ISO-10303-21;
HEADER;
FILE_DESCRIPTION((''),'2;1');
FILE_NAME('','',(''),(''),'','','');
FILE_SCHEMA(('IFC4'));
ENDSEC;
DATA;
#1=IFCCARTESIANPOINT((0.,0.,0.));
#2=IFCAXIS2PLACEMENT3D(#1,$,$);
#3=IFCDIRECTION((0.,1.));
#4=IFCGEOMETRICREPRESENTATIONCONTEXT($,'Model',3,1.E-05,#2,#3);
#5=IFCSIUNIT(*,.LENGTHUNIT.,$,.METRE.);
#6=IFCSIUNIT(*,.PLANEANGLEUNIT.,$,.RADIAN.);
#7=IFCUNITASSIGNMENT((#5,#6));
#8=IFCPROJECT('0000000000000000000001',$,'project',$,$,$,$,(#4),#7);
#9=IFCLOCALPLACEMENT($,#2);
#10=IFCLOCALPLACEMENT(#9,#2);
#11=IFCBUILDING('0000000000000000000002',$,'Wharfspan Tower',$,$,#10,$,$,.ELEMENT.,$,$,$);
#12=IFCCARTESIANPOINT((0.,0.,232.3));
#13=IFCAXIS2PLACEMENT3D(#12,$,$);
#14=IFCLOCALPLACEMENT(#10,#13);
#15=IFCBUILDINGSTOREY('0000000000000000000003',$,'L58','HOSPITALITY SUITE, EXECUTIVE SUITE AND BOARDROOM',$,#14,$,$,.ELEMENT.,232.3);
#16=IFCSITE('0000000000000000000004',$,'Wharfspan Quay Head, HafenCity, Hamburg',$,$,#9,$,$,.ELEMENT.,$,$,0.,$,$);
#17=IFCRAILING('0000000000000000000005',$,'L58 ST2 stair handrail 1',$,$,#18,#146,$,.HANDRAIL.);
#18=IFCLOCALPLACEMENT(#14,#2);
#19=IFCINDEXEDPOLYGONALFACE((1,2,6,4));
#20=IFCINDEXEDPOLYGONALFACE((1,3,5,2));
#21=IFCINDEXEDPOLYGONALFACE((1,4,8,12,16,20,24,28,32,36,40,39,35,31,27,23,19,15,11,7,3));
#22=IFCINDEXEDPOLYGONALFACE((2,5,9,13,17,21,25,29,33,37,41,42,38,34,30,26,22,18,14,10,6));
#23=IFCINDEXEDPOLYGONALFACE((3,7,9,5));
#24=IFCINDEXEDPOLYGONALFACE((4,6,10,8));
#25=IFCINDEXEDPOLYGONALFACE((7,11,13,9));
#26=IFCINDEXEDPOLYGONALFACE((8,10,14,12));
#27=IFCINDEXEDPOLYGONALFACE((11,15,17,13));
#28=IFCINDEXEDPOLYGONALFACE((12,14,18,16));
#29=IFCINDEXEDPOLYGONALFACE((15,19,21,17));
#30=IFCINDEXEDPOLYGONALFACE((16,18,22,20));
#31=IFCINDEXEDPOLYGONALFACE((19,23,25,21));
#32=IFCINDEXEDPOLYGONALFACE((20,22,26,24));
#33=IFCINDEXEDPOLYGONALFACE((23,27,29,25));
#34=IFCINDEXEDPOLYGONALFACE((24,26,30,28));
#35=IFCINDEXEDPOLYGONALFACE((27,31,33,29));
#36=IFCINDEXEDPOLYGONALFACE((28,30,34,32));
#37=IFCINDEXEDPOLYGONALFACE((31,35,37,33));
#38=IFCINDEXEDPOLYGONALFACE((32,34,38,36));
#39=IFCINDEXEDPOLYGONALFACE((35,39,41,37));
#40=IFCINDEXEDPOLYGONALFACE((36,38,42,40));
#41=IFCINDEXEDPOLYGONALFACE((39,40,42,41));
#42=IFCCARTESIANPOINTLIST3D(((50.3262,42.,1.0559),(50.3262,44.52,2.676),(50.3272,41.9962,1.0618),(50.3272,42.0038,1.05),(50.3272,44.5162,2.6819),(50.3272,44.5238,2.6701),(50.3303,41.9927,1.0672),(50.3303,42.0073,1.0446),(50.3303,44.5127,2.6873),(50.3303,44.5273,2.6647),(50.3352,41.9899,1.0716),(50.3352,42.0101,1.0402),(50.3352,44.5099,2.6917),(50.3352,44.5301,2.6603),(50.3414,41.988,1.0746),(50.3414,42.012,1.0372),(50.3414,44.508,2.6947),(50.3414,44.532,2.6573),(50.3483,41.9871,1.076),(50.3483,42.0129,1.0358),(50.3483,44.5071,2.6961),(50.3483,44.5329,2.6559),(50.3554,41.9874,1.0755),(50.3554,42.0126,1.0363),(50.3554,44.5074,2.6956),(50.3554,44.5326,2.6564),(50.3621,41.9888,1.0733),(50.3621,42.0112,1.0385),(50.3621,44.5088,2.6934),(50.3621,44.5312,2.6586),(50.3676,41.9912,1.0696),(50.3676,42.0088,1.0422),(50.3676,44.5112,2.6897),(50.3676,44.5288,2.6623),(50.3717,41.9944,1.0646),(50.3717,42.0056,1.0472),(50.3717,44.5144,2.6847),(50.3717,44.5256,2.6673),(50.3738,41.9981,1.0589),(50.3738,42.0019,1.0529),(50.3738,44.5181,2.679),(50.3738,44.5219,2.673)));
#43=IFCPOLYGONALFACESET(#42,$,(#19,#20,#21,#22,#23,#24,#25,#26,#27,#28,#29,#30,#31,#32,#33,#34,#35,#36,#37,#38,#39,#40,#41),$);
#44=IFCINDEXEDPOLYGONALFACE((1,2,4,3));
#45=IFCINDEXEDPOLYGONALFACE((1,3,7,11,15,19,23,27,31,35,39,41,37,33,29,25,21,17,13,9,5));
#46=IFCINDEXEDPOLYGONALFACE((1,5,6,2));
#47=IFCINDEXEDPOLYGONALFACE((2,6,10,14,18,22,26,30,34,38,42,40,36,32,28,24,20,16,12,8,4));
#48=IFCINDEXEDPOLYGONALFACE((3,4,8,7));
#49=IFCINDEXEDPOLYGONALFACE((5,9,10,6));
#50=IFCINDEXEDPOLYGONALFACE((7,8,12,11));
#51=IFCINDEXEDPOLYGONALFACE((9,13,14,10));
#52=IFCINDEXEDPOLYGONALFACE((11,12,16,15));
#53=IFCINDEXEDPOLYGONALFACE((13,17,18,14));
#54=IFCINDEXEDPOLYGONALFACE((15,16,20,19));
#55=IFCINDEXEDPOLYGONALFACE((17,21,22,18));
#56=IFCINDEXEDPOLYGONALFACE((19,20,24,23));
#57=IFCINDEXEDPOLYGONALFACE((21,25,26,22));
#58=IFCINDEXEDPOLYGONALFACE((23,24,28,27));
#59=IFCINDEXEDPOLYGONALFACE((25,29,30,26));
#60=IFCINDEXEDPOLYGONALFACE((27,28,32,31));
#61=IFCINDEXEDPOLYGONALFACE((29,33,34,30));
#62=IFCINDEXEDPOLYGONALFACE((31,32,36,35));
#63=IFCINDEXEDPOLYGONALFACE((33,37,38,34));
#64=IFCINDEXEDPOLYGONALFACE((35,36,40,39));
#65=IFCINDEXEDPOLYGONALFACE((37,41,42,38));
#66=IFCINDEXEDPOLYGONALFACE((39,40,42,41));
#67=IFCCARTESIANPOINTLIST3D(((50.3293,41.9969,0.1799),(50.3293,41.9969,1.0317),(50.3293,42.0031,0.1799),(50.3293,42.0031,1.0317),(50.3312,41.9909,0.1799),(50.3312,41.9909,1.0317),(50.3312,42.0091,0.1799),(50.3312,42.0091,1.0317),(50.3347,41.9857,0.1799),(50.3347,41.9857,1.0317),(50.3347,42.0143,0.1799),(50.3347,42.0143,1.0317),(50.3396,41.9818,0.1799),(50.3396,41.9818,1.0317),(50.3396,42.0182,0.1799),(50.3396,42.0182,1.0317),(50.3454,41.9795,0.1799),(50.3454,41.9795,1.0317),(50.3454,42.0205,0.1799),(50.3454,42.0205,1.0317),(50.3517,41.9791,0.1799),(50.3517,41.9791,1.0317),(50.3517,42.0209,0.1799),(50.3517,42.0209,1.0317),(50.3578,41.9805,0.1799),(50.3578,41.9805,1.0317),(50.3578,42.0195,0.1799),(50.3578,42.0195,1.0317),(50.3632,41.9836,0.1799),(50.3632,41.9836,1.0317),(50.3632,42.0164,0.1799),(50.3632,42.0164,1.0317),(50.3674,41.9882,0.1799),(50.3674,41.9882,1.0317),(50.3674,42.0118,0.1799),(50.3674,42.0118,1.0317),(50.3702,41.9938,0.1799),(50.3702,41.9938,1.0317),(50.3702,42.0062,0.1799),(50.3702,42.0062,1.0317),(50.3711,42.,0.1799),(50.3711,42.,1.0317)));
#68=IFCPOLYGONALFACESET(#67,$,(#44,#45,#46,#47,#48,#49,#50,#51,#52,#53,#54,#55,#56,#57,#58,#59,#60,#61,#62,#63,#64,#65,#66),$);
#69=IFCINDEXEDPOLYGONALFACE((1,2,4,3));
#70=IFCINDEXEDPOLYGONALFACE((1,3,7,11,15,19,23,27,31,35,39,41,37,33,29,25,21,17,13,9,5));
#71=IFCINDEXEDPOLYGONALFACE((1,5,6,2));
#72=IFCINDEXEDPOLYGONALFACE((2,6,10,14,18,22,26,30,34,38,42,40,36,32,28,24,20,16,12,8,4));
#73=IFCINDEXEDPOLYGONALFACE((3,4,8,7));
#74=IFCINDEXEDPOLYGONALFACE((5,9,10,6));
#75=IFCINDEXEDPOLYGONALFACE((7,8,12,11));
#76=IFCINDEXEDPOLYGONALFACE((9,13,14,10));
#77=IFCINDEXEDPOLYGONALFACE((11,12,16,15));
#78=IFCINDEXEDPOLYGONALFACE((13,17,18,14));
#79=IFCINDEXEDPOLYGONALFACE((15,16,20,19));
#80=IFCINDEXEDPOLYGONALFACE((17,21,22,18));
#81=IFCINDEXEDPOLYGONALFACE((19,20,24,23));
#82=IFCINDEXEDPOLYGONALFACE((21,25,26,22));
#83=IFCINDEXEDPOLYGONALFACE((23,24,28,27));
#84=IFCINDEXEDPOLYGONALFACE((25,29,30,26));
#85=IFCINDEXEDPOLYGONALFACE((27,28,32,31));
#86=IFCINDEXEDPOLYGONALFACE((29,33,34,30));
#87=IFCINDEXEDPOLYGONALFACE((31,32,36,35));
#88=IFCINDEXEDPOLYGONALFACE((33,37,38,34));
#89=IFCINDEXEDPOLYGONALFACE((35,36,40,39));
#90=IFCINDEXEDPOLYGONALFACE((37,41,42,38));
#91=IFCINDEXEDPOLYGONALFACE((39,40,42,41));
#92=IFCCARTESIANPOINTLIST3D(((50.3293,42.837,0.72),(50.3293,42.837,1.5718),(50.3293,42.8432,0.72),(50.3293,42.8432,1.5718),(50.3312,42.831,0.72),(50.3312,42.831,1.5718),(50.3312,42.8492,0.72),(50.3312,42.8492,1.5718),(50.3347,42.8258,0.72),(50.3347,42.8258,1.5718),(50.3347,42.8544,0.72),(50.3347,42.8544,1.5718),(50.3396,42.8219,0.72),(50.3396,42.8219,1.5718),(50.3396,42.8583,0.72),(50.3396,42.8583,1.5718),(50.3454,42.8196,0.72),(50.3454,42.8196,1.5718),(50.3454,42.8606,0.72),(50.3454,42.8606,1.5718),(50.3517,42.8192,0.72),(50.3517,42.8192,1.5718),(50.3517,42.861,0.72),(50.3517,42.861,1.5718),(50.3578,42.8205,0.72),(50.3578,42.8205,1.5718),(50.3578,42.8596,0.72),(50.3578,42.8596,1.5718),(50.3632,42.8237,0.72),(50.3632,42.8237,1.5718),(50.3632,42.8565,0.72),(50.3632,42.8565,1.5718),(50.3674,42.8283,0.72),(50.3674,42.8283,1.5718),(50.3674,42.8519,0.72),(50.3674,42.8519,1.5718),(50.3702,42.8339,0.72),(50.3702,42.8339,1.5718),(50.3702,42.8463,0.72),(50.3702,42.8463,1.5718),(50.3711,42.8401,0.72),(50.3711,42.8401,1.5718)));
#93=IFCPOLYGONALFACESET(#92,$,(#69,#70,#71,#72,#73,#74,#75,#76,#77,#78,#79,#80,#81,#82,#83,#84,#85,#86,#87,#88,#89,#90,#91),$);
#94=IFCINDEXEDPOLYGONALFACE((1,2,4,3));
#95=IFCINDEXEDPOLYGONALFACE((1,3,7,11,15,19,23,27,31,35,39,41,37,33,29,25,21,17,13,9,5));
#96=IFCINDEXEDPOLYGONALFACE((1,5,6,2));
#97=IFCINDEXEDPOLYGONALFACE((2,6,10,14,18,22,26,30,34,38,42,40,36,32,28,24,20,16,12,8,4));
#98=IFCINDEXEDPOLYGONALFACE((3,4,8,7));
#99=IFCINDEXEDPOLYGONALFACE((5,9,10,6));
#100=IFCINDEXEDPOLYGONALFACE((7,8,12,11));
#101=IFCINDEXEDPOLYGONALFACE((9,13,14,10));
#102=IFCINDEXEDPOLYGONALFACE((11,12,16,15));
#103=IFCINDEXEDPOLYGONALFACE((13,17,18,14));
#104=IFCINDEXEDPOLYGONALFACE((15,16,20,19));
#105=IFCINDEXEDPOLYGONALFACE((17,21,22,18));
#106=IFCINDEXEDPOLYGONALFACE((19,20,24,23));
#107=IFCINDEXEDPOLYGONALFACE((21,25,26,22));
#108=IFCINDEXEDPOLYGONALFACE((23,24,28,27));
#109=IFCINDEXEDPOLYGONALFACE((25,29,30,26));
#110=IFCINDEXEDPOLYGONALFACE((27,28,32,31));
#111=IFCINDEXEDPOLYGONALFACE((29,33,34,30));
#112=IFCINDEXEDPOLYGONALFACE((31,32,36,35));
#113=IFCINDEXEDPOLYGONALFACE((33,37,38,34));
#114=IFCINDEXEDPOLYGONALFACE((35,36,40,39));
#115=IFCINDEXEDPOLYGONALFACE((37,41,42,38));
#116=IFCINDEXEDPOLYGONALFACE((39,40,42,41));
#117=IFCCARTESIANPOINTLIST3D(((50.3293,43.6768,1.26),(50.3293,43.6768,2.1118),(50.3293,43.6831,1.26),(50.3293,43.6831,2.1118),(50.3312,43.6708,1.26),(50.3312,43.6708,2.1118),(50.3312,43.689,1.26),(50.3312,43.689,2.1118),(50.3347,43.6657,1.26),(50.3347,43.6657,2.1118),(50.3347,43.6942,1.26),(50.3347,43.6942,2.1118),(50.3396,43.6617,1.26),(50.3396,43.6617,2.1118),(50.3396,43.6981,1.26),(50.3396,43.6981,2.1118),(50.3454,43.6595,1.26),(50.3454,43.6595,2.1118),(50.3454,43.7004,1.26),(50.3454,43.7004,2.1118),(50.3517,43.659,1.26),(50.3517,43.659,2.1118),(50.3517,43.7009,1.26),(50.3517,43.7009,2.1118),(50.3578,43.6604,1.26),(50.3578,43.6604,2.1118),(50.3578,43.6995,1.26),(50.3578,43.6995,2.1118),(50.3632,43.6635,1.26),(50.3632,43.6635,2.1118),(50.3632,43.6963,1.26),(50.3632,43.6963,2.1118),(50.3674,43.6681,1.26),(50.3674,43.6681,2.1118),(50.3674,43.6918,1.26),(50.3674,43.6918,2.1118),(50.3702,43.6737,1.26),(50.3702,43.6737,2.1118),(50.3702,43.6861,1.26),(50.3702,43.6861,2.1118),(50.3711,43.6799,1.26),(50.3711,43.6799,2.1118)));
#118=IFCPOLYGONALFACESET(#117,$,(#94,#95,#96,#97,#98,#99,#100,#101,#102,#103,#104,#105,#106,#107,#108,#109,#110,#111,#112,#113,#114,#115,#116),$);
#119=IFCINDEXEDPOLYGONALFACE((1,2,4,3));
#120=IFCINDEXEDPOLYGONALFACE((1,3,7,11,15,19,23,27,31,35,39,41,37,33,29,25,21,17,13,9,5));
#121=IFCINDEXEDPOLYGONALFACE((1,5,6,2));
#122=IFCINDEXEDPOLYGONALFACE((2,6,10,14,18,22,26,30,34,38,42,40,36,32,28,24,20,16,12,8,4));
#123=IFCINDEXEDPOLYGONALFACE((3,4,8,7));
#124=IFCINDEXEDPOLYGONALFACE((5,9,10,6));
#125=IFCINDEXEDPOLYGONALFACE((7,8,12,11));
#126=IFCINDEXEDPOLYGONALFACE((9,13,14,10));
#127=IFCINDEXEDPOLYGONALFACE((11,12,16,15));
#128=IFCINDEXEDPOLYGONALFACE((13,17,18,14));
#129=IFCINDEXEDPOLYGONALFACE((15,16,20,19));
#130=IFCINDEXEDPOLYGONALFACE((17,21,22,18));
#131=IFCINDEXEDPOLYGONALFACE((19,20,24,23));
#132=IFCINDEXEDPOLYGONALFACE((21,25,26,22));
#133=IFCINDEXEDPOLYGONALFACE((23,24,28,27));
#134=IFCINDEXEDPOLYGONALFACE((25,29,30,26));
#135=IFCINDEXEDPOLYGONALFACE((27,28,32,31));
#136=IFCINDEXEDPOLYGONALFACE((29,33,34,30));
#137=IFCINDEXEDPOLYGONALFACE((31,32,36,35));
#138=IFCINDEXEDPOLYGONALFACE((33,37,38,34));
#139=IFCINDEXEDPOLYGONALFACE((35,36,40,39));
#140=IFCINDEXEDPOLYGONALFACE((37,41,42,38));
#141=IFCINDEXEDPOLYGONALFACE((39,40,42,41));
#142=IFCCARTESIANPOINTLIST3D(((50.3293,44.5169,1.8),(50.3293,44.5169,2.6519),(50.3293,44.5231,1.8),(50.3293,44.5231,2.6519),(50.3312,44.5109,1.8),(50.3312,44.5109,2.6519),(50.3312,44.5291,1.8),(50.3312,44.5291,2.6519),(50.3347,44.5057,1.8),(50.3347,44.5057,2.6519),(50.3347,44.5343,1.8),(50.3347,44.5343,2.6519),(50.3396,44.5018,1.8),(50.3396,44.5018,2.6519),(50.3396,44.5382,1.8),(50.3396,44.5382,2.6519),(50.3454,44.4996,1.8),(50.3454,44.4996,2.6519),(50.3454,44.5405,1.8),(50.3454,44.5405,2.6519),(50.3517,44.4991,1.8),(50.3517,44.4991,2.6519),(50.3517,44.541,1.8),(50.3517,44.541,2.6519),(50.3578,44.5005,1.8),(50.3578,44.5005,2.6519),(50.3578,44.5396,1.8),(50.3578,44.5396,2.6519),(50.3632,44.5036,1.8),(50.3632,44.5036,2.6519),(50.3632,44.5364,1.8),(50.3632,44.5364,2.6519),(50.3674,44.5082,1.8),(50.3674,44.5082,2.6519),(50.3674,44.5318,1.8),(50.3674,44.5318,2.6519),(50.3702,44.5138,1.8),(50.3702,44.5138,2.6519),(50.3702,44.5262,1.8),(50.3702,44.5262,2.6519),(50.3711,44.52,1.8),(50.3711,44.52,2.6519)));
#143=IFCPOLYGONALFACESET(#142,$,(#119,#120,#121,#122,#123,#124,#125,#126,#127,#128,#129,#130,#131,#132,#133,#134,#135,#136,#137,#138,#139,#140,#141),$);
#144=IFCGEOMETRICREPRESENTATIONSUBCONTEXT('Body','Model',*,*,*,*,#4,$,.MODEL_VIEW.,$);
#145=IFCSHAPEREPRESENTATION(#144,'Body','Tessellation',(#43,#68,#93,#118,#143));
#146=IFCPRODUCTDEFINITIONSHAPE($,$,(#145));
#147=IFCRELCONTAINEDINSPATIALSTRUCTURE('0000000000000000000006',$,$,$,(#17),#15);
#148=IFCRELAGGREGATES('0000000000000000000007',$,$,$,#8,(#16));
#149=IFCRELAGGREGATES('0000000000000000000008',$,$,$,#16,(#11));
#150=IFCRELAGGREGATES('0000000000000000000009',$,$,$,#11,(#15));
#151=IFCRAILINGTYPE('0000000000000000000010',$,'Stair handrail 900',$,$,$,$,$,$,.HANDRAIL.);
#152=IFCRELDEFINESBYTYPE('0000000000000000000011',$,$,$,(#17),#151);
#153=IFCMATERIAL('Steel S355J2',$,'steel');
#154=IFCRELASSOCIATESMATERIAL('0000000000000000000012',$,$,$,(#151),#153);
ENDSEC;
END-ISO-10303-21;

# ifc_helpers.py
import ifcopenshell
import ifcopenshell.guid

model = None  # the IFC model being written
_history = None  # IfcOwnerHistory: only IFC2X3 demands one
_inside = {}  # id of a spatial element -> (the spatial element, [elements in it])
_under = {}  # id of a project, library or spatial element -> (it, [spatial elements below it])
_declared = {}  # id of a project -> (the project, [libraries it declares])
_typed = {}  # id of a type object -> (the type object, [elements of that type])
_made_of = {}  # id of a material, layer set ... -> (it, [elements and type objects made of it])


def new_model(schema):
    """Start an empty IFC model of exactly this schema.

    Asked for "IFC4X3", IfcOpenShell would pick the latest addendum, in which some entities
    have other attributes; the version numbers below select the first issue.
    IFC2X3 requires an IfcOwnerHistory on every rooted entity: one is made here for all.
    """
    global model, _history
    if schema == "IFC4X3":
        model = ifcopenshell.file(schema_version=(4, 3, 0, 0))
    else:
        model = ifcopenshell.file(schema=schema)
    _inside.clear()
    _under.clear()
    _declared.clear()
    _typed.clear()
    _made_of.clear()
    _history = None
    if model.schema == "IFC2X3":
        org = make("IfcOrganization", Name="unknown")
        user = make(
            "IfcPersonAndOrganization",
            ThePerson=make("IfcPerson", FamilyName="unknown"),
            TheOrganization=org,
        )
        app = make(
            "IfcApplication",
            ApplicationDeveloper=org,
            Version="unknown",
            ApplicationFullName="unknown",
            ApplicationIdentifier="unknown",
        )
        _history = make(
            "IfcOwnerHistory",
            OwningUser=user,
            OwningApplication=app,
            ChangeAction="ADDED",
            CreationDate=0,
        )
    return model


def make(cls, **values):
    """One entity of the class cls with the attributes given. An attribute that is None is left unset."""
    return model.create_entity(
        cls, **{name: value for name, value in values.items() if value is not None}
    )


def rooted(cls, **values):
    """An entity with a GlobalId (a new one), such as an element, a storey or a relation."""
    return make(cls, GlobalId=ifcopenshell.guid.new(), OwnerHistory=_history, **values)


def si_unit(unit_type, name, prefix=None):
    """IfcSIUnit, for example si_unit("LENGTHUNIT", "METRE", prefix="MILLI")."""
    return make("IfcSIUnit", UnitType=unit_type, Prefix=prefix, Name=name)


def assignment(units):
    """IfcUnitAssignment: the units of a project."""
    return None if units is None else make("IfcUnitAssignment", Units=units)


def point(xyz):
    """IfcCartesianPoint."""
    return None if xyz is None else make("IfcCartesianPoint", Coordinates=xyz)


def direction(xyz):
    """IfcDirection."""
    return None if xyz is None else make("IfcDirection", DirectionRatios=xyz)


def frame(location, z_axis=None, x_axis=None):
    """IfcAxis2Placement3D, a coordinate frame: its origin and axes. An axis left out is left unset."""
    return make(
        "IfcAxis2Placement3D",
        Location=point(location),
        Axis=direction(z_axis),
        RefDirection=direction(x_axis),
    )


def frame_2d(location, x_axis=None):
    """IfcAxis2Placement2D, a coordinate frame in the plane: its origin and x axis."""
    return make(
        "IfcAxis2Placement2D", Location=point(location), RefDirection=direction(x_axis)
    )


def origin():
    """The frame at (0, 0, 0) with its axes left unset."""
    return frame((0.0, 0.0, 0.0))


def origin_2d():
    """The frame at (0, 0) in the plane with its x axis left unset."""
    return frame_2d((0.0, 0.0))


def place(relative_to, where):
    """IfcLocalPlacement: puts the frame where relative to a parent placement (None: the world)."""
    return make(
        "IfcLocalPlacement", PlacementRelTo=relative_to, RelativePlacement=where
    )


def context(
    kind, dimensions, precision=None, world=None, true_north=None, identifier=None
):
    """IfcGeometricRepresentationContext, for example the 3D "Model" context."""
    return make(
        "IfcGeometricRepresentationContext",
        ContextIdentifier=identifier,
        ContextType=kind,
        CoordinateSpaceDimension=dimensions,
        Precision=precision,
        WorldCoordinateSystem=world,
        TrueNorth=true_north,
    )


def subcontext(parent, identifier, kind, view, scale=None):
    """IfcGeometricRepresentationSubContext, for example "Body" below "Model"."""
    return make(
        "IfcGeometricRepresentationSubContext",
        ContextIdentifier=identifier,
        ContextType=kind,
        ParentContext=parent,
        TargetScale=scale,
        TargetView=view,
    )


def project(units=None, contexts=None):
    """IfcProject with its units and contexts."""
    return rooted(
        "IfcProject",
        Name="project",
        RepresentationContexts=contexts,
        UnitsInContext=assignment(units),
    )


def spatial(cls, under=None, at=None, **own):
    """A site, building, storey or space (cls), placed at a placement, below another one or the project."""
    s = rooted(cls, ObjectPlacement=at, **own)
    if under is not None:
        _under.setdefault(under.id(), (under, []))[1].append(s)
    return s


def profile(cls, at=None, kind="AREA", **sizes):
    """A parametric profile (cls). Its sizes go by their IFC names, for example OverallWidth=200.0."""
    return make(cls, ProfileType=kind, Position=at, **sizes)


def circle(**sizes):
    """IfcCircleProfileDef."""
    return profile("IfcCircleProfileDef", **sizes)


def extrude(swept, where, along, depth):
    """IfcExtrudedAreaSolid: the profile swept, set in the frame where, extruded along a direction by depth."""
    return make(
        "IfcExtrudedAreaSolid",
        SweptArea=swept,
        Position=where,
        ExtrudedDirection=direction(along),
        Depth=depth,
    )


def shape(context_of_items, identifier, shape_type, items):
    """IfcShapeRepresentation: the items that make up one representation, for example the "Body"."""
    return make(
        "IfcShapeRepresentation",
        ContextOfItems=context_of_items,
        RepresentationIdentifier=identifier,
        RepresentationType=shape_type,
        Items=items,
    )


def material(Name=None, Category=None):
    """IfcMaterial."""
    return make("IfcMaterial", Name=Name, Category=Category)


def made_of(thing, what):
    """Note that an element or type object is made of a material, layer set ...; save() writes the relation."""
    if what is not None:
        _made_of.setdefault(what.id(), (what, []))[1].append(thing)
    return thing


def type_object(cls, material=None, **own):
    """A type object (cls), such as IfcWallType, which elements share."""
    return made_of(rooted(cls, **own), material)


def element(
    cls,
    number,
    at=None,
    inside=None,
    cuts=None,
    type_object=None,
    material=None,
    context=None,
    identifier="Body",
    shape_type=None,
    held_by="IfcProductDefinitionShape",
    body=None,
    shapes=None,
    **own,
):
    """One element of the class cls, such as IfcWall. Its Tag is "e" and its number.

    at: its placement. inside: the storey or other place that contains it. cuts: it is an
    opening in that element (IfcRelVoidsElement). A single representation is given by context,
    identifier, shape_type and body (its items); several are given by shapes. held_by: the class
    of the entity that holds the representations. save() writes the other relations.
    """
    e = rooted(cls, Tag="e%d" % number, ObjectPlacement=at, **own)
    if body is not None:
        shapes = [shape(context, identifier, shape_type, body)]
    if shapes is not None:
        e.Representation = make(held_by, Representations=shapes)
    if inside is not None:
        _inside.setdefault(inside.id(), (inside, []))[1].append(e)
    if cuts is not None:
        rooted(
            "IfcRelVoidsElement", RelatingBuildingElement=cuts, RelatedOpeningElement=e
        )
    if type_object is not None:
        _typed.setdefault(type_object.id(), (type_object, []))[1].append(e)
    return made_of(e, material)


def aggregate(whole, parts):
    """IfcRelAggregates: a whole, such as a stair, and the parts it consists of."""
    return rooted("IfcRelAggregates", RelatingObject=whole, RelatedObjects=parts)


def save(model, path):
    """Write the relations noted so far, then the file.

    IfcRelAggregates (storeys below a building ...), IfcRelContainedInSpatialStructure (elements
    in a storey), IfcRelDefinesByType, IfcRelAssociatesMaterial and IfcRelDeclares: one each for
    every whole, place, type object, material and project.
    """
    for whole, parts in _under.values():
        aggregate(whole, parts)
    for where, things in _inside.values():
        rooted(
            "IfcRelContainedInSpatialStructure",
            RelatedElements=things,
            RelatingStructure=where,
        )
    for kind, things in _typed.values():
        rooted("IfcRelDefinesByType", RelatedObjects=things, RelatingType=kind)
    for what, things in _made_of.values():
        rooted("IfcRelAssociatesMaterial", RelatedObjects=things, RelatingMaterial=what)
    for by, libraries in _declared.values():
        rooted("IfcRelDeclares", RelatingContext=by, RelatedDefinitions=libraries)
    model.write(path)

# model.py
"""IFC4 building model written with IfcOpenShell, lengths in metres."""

from ifc_helpers import new_model, si_unit, direction, frame, origin, origin_2d, place, context, subcontext, project, spatial, circle, extrude, material, type_object, element, save


model = new_model("IFC4")

# Units and contexts
model_context = context("Model", 3, precision=1e-05, world=origin(), true_north=direction((0.0, 1.0)))
body_context = subcontext(model_context, "Body", "Model", "MODEL_VIEW")
ifc_project = project(units=[si_unit("LENGTHUNIT", "METRE"), si_unit("PLANEANGLEUNIT", "RADIAN")], contexts=[model_context])

# Site, building, storey
site_placement = place(None, origin())
site = spatial("IfcSite", under=ifc_project, at=site_placement, Name="Wharfspan Quay Head, HafenCity, Hamburg", CompositionType="ELEMENT", RefElevation=0.0)
building_placement = place(site_placement, origin())
building = spatial("IfcBuilding", under=site, at=building_placement, Name="Wharfspan Tower", CompositionType="ELEMENT")
storey_placement = place(building_placement, frame((0.0, 0.0, 232.3)))
storey = spatial("IfcBuildingStorey", under=building, at=storey_placement, Name="L58", Description="HOSPITALITY SUITE, EXECUTIVE SUITE AND BOARDROOM", CompositionType="ELEMENT", Elevation=232.3)

# Shared definitions
ifc_material_1 = material(Name="Steel S355J2", Category="steel")

# Railing
railing_type_1 = type_object("IfcRailingType", Name="Stair handrail 900", PredefinedType="HANDRAIL", material=ifc_material_1)
railing_1_placement = place(storey_placement, frame((50.3501, 42.0, 0.1799)))
element("IfcRailing", 1, at=railing_1_placement, inside=storey, type_object=railing_type_1, Name="L58 ST2 stair handrail 1", PredefinedType="HANDRAIL", context=body_context, shape_type="SweptSolid", body=[
    extrude(circle(Radius=0.0239, at=origin_2d()), frame((0.0, 0.0, 0.876), z_axis=(0.0, 0.841163, 0.540782), x_axis=(-1.0, 0.0, 0.0)), (0.0, 0.0, 1.0), 2.9958),
    extrude(circle(Radius=0.021, at=origin_2d()), origin(), (0.0, 0.0, 1.0), 0.8518),
    extrude(circle(Radius=0.021, at=origin_2d()), frame((0.0, 0.8401, 0.54)), (0.0, 0.0, 1.0), 0.8518),
    extrude(circle(Radius=0.021, at=origin_2d()), frame((0.0, 1.6799, 1.0801)), (0.0, 0.0, 1.0), 0.8518),
    extrude(circle(Radius=0.021, at=origin_2d()), frame((0.0, 2.52, 1.6201)), (0.0, 0.0, 1.0), 0.8518),
])

save(model, "model.ifc")
